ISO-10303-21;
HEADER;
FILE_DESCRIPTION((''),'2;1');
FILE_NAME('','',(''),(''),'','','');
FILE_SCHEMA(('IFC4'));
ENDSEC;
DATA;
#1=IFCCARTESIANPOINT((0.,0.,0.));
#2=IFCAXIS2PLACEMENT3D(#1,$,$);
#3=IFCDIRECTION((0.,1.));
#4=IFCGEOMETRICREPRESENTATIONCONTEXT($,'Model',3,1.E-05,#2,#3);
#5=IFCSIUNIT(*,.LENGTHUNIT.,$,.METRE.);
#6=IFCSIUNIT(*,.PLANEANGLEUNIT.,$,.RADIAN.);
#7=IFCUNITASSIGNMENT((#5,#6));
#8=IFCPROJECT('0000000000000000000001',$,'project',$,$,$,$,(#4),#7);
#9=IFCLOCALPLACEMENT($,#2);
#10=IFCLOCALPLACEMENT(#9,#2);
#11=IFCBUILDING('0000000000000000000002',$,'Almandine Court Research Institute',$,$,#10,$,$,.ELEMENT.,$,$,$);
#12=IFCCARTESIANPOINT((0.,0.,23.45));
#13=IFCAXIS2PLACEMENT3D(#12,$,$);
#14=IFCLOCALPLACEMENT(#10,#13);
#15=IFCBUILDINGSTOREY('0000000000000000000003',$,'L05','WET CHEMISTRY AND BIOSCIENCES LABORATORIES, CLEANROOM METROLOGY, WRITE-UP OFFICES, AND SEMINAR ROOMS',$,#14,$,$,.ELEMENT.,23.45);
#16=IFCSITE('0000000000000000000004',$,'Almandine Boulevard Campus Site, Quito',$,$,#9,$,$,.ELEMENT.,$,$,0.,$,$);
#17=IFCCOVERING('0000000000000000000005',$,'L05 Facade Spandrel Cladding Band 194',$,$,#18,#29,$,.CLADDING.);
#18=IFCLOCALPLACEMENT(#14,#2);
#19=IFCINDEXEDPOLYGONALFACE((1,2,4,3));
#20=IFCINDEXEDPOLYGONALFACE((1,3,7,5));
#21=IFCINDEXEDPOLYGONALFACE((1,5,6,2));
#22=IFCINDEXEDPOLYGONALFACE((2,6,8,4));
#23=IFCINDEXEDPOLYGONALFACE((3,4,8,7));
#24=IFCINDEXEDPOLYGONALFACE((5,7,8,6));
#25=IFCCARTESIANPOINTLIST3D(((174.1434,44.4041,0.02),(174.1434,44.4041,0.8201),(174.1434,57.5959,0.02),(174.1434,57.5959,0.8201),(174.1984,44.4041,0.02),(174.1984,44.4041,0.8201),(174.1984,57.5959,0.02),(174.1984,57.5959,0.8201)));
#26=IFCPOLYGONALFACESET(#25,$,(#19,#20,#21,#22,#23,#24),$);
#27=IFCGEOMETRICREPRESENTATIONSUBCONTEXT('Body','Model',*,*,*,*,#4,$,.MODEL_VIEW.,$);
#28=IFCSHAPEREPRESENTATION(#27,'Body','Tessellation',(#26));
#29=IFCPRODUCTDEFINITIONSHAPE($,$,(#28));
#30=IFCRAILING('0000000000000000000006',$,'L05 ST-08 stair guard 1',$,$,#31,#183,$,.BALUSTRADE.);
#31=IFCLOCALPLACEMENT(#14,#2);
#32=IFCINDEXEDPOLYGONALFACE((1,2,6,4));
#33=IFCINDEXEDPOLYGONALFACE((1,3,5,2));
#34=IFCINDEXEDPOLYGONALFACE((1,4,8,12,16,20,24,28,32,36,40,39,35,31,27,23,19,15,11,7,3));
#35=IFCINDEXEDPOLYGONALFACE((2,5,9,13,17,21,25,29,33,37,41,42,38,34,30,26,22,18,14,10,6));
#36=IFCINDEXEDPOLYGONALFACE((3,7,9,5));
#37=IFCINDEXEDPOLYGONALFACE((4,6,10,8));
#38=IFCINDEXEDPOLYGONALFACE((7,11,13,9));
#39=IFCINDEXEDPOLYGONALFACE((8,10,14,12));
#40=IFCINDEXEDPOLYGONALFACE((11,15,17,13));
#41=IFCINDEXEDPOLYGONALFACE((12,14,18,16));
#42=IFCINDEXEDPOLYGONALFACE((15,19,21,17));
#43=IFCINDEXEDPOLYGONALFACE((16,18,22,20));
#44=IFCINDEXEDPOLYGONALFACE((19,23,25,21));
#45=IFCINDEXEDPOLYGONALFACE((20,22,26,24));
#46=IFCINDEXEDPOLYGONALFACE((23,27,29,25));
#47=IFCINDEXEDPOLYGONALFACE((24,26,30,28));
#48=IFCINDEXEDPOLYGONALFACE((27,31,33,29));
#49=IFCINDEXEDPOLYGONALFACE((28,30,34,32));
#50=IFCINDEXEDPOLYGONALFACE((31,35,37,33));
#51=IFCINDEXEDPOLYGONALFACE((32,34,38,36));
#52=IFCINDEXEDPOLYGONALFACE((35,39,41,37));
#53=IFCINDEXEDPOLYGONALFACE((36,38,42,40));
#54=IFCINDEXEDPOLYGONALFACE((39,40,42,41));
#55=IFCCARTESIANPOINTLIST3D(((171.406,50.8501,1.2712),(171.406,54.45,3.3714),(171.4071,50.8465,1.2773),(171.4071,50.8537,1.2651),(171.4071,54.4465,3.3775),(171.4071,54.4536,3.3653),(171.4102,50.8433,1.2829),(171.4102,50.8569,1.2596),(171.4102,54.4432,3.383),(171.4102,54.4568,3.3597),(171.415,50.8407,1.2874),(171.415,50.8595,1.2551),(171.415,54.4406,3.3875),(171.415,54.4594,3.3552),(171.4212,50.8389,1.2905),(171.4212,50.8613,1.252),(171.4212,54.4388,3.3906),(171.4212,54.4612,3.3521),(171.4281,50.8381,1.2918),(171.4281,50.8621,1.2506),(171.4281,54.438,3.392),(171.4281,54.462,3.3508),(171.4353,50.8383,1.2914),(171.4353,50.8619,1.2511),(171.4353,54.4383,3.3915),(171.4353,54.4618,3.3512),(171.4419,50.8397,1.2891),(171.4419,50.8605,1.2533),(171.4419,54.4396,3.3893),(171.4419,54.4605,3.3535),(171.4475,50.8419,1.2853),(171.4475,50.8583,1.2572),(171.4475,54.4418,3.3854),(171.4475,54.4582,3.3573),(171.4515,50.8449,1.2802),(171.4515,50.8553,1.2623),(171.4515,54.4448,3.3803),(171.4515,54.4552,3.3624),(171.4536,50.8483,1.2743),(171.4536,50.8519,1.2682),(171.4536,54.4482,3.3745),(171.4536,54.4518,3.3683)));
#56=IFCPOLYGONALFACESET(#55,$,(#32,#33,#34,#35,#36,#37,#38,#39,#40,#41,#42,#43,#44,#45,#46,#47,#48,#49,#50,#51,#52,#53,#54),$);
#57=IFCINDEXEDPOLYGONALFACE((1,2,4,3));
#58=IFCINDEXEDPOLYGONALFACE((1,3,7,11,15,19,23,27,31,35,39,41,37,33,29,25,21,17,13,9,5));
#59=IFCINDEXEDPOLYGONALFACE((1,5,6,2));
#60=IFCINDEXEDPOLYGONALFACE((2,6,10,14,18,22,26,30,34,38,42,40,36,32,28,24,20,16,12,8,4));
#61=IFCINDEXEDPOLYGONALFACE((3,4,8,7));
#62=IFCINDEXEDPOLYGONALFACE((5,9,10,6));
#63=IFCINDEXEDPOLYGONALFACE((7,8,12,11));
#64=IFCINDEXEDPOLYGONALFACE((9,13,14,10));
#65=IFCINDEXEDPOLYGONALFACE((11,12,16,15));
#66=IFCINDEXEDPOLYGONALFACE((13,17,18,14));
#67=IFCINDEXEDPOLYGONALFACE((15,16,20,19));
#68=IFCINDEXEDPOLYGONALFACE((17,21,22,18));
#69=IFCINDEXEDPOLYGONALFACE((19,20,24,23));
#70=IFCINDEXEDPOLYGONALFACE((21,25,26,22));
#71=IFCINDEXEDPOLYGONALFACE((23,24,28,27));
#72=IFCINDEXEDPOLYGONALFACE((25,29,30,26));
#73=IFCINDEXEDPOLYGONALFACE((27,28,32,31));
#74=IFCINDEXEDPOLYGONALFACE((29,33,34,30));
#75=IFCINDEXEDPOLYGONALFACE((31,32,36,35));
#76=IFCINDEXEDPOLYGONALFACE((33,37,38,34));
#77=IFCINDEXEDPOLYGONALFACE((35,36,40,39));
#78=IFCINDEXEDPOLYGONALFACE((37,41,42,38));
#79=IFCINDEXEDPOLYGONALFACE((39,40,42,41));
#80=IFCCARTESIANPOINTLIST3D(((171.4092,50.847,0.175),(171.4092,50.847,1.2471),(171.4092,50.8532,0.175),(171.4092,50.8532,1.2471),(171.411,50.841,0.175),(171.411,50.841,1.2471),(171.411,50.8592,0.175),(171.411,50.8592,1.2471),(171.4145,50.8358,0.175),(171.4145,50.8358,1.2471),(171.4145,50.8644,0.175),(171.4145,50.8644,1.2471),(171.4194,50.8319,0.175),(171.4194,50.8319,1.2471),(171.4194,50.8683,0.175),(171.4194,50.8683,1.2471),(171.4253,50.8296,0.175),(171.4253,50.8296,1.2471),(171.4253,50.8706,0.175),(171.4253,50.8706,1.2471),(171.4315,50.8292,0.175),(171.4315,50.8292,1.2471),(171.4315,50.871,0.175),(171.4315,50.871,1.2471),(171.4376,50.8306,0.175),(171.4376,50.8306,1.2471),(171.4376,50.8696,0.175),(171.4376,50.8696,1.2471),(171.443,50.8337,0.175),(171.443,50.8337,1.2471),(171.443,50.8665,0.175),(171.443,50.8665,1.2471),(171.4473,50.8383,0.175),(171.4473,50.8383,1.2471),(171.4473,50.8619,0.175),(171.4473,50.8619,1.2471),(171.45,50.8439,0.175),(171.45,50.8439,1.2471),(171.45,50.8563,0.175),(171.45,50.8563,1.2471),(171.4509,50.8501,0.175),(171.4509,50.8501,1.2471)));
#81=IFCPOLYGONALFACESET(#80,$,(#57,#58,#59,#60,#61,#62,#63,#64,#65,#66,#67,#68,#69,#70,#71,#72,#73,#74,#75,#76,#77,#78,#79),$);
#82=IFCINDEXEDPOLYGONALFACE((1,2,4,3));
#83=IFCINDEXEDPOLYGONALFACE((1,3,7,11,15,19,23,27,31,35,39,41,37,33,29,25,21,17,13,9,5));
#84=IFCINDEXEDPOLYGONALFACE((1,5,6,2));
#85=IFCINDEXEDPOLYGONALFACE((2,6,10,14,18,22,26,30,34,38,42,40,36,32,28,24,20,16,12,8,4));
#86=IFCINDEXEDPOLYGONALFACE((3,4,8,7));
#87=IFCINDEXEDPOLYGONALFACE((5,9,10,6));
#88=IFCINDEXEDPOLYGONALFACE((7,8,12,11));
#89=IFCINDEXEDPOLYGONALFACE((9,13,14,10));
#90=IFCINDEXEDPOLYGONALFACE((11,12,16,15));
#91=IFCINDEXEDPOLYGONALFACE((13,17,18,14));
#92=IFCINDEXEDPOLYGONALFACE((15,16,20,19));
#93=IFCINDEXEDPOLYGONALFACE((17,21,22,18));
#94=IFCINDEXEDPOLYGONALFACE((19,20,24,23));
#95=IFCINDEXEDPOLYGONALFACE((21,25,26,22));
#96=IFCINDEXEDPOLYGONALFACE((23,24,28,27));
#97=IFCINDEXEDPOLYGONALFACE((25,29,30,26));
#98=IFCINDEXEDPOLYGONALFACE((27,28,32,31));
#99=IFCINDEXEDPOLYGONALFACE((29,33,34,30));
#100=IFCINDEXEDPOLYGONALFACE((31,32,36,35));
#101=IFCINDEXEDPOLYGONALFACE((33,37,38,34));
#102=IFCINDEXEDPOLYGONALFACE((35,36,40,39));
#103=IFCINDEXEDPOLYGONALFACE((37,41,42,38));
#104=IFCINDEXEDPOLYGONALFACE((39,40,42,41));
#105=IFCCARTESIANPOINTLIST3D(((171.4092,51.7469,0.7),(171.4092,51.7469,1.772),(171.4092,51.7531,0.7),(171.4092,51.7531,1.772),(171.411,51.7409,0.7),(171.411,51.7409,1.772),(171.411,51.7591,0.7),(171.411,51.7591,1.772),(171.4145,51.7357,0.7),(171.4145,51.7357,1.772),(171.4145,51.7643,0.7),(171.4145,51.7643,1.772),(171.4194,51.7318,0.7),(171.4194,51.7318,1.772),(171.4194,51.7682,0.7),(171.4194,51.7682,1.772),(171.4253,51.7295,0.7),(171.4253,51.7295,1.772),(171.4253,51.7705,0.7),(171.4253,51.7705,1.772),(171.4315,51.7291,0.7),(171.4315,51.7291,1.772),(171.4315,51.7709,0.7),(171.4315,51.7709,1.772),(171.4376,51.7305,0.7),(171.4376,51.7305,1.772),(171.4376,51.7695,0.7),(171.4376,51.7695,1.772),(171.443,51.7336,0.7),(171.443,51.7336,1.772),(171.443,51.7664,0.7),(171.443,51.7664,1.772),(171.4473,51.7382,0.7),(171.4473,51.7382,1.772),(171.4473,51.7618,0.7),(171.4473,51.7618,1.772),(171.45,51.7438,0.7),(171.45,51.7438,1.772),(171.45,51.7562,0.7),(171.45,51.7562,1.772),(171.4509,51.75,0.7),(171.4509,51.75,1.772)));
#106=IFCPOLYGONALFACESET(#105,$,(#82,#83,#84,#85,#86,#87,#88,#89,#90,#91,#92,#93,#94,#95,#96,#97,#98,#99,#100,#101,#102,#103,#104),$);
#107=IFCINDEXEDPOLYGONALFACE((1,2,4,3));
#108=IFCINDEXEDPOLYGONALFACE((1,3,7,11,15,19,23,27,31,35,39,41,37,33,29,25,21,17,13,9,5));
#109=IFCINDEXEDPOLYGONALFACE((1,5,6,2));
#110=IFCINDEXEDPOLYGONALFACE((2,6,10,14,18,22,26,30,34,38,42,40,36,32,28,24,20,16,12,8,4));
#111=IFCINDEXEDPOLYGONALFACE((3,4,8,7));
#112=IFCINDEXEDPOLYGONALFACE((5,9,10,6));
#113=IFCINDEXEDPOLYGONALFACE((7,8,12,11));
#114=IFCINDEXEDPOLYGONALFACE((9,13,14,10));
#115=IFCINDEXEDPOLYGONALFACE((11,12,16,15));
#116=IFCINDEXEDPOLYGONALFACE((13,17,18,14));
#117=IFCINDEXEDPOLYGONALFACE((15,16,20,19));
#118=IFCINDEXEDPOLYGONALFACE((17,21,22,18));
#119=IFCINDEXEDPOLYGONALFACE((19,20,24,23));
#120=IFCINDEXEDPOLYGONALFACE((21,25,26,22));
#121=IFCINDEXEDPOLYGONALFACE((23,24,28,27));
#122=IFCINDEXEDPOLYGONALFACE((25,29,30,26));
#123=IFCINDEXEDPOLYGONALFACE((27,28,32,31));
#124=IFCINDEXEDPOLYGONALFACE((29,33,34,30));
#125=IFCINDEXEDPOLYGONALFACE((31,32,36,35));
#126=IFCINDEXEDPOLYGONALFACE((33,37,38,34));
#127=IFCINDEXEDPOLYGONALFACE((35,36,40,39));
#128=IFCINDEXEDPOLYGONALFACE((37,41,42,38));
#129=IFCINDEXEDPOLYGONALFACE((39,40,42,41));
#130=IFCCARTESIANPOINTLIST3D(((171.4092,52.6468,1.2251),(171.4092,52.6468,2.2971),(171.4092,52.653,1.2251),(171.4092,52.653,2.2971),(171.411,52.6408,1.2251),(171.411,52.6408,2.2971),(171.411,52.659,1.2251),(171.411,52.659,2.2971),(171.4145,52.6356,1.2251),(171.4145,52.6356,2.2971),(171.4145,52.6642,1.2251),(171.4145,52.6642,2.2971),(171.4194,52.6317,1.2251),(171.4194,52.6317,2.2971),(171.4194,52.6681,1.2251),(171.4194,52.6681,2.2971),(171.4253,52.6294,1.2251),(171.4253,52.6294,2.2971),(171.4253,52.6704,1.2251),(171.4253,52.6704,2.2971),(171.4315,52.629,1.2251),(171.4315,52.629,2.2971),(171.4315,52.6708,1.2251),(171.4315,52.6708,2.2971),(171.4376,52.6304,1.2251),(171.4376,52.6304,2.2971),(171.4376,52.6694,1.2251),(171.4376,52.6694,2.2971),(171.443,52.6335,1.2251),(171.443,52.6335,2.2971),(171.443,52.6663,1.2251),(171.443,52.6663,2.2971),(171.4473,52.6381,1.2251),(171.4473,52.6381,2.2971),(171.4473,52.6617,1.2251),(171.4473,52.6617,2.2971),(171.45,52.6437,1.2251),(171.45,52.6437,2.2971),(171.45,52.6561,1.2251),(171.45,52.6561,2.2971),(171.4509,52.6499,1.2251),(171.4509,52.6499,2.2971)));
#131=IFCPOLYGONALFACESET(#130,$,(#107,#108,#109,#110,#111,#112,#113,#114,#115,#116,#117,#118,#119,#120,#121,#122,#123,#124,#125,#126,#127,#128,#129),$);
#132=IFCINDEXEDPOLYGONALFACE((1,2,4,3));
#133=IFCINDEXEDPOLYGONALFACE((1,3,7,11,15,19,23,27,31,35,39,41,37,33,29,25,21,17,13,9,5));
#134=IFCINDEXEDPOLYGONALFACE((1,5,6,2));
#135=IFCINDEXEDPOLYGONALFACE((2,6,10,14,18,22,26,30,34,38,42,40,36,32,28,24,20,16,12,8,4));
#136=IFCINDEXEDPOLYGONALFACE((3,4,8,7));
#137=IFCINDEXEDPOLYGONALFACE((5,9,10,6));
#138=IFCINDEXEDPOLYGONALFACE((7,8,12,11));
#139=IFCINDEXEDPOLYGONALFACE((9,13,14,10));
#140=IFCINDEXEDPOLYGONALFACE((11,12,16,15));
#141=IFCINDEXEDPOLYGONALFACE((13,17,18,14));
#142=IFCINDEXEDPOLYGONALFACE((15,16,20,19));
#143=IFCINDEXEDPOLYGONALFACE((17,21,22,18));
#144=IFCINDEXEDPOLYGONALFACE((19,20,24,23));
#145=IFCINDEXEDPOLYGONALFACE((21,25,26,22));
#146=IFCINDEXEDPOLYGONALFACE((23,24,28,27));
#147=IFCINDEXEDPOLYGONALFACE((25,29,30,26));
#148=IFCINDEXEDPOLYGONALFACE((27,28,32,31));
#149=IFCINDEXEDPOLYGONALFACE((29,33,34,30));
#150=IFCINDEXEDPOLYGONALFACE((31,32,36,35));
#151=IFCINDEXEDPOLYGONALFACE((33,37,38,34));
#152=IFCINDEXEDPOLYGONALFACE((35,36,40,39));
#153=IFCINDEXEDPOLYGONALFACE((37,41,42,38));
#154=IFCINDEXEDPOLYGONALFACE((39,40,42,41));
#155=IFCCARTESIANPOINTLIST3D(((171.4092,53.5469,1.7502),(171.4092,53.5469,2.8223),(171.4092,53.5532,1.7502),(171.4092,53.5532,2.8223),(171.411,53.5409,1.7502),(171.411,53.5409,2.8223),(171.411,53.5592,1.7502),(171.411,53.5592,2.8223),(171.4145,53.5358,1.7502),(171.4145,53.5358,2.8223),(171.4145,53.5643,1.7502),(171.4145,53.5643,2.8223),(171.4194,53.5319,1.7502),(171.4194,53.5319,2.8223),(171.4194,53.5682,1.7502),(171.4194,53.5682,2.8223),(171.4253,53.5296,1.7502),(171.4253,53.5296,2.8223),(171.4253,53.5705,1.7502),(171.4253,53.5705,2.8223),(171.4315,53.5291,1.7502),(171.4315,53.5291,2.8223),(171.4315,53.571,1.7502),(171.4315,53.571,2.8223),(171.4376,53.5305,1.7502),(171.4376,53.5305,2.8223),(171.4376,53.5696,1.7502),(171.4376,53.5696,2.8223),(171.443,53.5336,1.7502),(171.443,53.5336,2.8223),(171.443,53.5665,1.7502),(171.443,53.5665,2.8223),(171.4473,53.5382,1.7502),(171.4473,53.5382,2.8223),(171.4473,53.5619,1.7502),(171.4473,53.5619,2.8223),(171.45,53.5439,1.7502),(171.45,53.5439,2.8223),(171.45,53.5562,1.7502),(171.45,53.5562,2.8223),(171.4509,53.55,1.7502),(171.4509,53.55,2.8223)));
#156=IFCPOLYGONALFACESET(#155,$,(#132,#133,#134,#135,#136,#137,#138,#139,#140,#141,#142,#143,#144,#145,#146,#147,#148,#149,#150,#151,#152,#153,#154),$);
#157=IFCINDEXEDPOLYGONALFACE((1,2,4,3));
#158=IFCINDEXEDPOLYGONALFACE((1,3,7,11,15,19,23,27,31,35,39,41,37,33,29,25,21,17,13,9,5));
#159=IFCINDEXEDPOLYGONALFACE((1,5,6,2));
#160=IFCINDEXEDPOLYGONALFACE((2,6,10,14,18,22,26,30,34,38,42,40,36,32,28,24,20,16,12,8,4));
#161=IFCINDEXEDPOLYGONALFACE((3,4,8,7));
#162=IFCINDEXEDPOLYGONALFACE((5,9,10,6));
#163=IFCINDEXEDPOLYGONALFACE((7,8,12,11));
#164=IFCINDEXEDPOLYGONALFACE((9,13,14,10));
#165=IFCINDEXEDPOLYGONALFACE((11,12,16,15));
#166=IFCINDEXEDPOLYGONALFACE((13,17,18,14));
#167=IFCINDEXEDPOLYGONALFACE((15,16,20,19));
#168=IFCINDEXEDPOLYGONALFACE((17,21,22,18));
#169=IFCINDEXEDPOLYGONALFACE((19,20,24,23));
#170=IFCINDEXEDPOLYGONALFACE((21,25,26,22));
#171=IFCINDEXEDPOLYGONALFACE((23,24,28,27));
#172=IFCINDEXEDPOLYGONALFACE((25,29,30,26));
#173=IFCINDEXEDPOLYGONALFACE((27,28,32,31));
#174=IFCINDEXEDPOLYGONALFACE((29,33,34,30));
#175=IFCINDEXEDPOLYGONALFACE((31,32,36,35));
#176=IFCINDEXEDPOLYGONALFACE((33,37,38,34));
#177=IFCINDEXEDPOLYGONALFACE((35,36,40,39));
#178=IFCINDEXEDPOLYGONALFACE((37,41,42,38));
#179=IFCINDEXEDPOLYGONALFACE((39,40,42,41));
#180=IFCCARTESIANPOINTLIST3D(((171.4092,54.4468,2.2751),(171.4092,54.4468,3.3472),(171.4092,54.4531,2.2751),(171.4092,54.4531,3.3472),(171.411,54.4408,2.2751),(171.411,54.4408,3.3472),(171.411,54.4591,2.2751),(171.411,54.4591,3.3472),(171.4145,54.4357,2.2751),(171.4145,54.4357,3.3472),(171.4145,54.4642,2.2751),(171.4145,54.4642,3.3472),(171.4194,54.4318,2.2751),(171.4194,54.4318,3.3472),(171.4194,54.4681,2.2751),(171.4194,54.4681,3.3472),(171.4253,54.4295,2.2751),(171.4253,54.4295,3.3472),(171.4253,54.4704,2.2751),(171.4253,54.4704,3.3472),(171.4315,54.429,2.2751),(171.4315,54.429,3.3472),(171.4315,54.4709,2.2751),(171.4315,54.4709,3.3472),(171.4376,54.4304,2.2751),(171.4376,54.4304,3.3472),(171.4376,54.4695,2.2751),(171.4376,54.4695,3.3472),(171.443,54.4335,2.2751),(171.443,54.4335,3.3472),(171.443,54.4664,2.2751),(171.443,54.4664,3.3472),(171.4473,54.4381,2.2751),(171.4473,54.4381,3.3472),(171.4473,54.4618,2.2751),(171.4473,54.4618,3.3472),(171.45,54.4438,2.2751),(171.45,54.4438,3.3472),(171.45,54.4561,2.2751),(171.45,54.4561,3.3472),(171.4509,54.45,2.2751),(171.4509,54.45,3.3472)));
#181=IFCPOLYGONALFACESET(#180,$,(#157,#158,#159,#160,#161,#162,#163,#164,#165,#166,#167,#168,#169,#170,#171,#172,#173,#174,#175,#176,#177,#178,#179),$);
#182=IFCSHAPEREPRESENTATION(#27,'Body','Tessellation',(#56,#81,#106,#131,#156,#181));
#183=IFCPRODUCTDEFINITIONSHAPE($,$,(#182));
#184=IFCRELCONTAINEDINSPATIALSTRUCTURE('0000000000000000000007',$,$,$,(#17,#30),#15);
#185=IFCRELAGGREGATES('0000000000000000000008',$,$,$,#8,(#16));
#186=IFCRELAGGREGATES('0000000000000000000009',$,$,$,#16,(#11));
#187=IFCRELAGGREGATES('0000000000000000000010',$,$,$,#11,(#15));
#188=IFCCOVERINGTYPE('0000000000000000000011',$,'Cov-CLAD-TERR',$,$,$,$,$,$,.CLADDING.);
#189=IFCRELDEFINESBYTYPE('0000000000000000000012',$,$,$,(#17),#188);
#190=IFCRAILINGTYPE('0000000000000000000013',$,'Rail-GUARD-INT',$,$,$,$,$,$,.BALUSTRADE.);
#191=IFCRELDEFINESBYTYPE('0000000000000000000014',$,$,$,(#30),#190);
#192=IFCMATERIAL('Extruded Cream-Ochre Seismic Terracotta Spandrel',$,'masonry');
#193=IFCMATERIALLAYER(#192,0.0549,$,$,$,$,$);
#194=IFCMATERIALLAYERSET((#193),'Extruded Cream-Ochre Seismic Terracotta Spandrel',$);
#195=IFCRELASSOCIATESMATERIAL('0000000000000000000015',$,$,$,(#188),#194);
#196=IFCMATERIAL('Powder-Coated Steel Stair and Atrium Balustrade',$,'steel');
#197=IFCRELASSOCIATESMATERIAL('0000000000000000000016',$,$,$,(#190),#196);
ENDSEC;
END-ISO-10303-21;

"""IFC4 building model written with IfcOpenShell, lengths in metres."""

from ifc_helpers import new_model, si_unit, direction, frame, origin, origin_2d, place, context, subcontext, project, spatial, rectangle, circle, extrude, material, layer, layer_set, type_object, element, save


model = new_model("IFC4")

# Units and contexts
model_context = context("Model", 3, precision=1e-05, world=origin(), true_north=direction((0.0, 1.0)))
body_context = subcontext(model_context, "Body", "Model", "MODEL_VIEW")
ifc_project = project(units=[si_unit("LENGTHUNIT", "METRE"), si_unit("PLANEANGLEUNIT", "RADIAN")], contexts=[model_context])

# Site, building, storey
site_placement = place(None, origin())
site = spatial("IfcSite", under=ifc_project, at=site_placement, Name="Almandine Boulevard Campus Site, Quito", CompositionType="ELEMENT", RefElevation=0.0)
building_placement = place(site_placement, origin())
building = spatial("IfcBuilding", under=site, at=building_placement, Name="Almandine Court Research Institute", CompositionType="ELEMENT")
storey_placement = place(building_placement, frame((0.0, 0.0, 23.45)))
storey = spatial("IfcBuildingStorey", under=building, at=storey_placement, Name="L05", Description="WET CHEMISTRY AND BIOSCIENCES LABORATORIES, CLEANROOM METROLOGY, WRITE-UP OFFICES, AND SEMINAR ROOMS", CompositionType="ELEMENT", Elevation=23.45)

# Covering
ifc_material_1 = material(Name="Extruded Cream-Ochre Seismic Terracotta Spandrel", Category="masonry")
ifc_layer_1 = layer(ifc_material_1, 0.0549)
ifc_layer_set_1 = layer_set([ifc_layer_1], Name="Extruded Cream-Ochre Seismic Terracotta Spandrel")
covering_type = type_object("IfcCoveringType", Name="Cov-CLAD-TERR", PredefinedType="CLADDING", material=ifc_layer_set_1)
for number, where, z_axis, x_axis, name in (
    (1, (174.1709, 51.0, 0.02), (0.0, 0.0, 1.0), (0.0, -1.0, 0.0), "L05 Facade Spandrel Cladding Band 194"),
):
    element("IfcCovering", number, at=place(storey_placement, frame(where, z_axis=z_axis, x_axis=x_axis)), inside=storey, type_object=covering_type, Name=name, PredefinedType="CLADDING", context=body_context, shape_type="SweptSolid", body=[
        extrude(rectangle(XDim=13.1919, YDim=0.0549, at=origin_2d()), origin(), (0.0, 0.0, 1.0), 0.8),
    ])

# Railing
ifc_material_2 = material(Name="Powder-Coated Steel Stair and Atrium Balustrade", Category="steel")
railing_type_1 = type_object("IfcRailingType", Name="Rail-GUARD-INT", PredefinedType="BALUSTRADE", material=ifc_material_2)
railing_1_placement = place(storey_placement, frame((171.4299, 50.8501, 0.175)))
element("IfcRailing", 2, at=railing_1_placement, inside=storey, type_object=railing_type_1, Name="L05 ST-08 stair guard 1", PredefinedType="BALUSTRADE", context=body_context, shape_type="SweptSolid", body=[
    extrude(circle(Radius=0.0239, at=origin_2d()), frame((0.0, 0.0, 1.0962), z_axis=(0.0, 0.86376, 0.503904), x_axis=(-1.0, 0.0, 0.0)), (0.0, 0.0, 1.0), 4.1677),
    extrude(circle(Radius=0.021, at=origin_2d()), origin(), (0.0, 0.0, 1.0), 1.072),
    extrude(circle(Radius=0.021, at=origin_2d()), frame((0.0, 0.8999, 0.5249)), (0.0, 0.0, 1.0), 1.072),
    extrude(circle(Radius=0.021, at=origin_2d()), frame((0.0, 1.7998, 1.05)), (0.0, 0.0, 1.0), 1.072),
    extrude(circle(Radius=0.021, at=origin_2d()), frame((0.0, 2.7, 1.5752)), (0.0, 0.0, 1.0), 1.072),
    extrude(circle(Radius=0.021, at=origin_2d()), frame((0.0, 3.5999, 2.1001)), (0.0, 0.0, 1.0), 1.072),
])

save(model, "model.ifc")
